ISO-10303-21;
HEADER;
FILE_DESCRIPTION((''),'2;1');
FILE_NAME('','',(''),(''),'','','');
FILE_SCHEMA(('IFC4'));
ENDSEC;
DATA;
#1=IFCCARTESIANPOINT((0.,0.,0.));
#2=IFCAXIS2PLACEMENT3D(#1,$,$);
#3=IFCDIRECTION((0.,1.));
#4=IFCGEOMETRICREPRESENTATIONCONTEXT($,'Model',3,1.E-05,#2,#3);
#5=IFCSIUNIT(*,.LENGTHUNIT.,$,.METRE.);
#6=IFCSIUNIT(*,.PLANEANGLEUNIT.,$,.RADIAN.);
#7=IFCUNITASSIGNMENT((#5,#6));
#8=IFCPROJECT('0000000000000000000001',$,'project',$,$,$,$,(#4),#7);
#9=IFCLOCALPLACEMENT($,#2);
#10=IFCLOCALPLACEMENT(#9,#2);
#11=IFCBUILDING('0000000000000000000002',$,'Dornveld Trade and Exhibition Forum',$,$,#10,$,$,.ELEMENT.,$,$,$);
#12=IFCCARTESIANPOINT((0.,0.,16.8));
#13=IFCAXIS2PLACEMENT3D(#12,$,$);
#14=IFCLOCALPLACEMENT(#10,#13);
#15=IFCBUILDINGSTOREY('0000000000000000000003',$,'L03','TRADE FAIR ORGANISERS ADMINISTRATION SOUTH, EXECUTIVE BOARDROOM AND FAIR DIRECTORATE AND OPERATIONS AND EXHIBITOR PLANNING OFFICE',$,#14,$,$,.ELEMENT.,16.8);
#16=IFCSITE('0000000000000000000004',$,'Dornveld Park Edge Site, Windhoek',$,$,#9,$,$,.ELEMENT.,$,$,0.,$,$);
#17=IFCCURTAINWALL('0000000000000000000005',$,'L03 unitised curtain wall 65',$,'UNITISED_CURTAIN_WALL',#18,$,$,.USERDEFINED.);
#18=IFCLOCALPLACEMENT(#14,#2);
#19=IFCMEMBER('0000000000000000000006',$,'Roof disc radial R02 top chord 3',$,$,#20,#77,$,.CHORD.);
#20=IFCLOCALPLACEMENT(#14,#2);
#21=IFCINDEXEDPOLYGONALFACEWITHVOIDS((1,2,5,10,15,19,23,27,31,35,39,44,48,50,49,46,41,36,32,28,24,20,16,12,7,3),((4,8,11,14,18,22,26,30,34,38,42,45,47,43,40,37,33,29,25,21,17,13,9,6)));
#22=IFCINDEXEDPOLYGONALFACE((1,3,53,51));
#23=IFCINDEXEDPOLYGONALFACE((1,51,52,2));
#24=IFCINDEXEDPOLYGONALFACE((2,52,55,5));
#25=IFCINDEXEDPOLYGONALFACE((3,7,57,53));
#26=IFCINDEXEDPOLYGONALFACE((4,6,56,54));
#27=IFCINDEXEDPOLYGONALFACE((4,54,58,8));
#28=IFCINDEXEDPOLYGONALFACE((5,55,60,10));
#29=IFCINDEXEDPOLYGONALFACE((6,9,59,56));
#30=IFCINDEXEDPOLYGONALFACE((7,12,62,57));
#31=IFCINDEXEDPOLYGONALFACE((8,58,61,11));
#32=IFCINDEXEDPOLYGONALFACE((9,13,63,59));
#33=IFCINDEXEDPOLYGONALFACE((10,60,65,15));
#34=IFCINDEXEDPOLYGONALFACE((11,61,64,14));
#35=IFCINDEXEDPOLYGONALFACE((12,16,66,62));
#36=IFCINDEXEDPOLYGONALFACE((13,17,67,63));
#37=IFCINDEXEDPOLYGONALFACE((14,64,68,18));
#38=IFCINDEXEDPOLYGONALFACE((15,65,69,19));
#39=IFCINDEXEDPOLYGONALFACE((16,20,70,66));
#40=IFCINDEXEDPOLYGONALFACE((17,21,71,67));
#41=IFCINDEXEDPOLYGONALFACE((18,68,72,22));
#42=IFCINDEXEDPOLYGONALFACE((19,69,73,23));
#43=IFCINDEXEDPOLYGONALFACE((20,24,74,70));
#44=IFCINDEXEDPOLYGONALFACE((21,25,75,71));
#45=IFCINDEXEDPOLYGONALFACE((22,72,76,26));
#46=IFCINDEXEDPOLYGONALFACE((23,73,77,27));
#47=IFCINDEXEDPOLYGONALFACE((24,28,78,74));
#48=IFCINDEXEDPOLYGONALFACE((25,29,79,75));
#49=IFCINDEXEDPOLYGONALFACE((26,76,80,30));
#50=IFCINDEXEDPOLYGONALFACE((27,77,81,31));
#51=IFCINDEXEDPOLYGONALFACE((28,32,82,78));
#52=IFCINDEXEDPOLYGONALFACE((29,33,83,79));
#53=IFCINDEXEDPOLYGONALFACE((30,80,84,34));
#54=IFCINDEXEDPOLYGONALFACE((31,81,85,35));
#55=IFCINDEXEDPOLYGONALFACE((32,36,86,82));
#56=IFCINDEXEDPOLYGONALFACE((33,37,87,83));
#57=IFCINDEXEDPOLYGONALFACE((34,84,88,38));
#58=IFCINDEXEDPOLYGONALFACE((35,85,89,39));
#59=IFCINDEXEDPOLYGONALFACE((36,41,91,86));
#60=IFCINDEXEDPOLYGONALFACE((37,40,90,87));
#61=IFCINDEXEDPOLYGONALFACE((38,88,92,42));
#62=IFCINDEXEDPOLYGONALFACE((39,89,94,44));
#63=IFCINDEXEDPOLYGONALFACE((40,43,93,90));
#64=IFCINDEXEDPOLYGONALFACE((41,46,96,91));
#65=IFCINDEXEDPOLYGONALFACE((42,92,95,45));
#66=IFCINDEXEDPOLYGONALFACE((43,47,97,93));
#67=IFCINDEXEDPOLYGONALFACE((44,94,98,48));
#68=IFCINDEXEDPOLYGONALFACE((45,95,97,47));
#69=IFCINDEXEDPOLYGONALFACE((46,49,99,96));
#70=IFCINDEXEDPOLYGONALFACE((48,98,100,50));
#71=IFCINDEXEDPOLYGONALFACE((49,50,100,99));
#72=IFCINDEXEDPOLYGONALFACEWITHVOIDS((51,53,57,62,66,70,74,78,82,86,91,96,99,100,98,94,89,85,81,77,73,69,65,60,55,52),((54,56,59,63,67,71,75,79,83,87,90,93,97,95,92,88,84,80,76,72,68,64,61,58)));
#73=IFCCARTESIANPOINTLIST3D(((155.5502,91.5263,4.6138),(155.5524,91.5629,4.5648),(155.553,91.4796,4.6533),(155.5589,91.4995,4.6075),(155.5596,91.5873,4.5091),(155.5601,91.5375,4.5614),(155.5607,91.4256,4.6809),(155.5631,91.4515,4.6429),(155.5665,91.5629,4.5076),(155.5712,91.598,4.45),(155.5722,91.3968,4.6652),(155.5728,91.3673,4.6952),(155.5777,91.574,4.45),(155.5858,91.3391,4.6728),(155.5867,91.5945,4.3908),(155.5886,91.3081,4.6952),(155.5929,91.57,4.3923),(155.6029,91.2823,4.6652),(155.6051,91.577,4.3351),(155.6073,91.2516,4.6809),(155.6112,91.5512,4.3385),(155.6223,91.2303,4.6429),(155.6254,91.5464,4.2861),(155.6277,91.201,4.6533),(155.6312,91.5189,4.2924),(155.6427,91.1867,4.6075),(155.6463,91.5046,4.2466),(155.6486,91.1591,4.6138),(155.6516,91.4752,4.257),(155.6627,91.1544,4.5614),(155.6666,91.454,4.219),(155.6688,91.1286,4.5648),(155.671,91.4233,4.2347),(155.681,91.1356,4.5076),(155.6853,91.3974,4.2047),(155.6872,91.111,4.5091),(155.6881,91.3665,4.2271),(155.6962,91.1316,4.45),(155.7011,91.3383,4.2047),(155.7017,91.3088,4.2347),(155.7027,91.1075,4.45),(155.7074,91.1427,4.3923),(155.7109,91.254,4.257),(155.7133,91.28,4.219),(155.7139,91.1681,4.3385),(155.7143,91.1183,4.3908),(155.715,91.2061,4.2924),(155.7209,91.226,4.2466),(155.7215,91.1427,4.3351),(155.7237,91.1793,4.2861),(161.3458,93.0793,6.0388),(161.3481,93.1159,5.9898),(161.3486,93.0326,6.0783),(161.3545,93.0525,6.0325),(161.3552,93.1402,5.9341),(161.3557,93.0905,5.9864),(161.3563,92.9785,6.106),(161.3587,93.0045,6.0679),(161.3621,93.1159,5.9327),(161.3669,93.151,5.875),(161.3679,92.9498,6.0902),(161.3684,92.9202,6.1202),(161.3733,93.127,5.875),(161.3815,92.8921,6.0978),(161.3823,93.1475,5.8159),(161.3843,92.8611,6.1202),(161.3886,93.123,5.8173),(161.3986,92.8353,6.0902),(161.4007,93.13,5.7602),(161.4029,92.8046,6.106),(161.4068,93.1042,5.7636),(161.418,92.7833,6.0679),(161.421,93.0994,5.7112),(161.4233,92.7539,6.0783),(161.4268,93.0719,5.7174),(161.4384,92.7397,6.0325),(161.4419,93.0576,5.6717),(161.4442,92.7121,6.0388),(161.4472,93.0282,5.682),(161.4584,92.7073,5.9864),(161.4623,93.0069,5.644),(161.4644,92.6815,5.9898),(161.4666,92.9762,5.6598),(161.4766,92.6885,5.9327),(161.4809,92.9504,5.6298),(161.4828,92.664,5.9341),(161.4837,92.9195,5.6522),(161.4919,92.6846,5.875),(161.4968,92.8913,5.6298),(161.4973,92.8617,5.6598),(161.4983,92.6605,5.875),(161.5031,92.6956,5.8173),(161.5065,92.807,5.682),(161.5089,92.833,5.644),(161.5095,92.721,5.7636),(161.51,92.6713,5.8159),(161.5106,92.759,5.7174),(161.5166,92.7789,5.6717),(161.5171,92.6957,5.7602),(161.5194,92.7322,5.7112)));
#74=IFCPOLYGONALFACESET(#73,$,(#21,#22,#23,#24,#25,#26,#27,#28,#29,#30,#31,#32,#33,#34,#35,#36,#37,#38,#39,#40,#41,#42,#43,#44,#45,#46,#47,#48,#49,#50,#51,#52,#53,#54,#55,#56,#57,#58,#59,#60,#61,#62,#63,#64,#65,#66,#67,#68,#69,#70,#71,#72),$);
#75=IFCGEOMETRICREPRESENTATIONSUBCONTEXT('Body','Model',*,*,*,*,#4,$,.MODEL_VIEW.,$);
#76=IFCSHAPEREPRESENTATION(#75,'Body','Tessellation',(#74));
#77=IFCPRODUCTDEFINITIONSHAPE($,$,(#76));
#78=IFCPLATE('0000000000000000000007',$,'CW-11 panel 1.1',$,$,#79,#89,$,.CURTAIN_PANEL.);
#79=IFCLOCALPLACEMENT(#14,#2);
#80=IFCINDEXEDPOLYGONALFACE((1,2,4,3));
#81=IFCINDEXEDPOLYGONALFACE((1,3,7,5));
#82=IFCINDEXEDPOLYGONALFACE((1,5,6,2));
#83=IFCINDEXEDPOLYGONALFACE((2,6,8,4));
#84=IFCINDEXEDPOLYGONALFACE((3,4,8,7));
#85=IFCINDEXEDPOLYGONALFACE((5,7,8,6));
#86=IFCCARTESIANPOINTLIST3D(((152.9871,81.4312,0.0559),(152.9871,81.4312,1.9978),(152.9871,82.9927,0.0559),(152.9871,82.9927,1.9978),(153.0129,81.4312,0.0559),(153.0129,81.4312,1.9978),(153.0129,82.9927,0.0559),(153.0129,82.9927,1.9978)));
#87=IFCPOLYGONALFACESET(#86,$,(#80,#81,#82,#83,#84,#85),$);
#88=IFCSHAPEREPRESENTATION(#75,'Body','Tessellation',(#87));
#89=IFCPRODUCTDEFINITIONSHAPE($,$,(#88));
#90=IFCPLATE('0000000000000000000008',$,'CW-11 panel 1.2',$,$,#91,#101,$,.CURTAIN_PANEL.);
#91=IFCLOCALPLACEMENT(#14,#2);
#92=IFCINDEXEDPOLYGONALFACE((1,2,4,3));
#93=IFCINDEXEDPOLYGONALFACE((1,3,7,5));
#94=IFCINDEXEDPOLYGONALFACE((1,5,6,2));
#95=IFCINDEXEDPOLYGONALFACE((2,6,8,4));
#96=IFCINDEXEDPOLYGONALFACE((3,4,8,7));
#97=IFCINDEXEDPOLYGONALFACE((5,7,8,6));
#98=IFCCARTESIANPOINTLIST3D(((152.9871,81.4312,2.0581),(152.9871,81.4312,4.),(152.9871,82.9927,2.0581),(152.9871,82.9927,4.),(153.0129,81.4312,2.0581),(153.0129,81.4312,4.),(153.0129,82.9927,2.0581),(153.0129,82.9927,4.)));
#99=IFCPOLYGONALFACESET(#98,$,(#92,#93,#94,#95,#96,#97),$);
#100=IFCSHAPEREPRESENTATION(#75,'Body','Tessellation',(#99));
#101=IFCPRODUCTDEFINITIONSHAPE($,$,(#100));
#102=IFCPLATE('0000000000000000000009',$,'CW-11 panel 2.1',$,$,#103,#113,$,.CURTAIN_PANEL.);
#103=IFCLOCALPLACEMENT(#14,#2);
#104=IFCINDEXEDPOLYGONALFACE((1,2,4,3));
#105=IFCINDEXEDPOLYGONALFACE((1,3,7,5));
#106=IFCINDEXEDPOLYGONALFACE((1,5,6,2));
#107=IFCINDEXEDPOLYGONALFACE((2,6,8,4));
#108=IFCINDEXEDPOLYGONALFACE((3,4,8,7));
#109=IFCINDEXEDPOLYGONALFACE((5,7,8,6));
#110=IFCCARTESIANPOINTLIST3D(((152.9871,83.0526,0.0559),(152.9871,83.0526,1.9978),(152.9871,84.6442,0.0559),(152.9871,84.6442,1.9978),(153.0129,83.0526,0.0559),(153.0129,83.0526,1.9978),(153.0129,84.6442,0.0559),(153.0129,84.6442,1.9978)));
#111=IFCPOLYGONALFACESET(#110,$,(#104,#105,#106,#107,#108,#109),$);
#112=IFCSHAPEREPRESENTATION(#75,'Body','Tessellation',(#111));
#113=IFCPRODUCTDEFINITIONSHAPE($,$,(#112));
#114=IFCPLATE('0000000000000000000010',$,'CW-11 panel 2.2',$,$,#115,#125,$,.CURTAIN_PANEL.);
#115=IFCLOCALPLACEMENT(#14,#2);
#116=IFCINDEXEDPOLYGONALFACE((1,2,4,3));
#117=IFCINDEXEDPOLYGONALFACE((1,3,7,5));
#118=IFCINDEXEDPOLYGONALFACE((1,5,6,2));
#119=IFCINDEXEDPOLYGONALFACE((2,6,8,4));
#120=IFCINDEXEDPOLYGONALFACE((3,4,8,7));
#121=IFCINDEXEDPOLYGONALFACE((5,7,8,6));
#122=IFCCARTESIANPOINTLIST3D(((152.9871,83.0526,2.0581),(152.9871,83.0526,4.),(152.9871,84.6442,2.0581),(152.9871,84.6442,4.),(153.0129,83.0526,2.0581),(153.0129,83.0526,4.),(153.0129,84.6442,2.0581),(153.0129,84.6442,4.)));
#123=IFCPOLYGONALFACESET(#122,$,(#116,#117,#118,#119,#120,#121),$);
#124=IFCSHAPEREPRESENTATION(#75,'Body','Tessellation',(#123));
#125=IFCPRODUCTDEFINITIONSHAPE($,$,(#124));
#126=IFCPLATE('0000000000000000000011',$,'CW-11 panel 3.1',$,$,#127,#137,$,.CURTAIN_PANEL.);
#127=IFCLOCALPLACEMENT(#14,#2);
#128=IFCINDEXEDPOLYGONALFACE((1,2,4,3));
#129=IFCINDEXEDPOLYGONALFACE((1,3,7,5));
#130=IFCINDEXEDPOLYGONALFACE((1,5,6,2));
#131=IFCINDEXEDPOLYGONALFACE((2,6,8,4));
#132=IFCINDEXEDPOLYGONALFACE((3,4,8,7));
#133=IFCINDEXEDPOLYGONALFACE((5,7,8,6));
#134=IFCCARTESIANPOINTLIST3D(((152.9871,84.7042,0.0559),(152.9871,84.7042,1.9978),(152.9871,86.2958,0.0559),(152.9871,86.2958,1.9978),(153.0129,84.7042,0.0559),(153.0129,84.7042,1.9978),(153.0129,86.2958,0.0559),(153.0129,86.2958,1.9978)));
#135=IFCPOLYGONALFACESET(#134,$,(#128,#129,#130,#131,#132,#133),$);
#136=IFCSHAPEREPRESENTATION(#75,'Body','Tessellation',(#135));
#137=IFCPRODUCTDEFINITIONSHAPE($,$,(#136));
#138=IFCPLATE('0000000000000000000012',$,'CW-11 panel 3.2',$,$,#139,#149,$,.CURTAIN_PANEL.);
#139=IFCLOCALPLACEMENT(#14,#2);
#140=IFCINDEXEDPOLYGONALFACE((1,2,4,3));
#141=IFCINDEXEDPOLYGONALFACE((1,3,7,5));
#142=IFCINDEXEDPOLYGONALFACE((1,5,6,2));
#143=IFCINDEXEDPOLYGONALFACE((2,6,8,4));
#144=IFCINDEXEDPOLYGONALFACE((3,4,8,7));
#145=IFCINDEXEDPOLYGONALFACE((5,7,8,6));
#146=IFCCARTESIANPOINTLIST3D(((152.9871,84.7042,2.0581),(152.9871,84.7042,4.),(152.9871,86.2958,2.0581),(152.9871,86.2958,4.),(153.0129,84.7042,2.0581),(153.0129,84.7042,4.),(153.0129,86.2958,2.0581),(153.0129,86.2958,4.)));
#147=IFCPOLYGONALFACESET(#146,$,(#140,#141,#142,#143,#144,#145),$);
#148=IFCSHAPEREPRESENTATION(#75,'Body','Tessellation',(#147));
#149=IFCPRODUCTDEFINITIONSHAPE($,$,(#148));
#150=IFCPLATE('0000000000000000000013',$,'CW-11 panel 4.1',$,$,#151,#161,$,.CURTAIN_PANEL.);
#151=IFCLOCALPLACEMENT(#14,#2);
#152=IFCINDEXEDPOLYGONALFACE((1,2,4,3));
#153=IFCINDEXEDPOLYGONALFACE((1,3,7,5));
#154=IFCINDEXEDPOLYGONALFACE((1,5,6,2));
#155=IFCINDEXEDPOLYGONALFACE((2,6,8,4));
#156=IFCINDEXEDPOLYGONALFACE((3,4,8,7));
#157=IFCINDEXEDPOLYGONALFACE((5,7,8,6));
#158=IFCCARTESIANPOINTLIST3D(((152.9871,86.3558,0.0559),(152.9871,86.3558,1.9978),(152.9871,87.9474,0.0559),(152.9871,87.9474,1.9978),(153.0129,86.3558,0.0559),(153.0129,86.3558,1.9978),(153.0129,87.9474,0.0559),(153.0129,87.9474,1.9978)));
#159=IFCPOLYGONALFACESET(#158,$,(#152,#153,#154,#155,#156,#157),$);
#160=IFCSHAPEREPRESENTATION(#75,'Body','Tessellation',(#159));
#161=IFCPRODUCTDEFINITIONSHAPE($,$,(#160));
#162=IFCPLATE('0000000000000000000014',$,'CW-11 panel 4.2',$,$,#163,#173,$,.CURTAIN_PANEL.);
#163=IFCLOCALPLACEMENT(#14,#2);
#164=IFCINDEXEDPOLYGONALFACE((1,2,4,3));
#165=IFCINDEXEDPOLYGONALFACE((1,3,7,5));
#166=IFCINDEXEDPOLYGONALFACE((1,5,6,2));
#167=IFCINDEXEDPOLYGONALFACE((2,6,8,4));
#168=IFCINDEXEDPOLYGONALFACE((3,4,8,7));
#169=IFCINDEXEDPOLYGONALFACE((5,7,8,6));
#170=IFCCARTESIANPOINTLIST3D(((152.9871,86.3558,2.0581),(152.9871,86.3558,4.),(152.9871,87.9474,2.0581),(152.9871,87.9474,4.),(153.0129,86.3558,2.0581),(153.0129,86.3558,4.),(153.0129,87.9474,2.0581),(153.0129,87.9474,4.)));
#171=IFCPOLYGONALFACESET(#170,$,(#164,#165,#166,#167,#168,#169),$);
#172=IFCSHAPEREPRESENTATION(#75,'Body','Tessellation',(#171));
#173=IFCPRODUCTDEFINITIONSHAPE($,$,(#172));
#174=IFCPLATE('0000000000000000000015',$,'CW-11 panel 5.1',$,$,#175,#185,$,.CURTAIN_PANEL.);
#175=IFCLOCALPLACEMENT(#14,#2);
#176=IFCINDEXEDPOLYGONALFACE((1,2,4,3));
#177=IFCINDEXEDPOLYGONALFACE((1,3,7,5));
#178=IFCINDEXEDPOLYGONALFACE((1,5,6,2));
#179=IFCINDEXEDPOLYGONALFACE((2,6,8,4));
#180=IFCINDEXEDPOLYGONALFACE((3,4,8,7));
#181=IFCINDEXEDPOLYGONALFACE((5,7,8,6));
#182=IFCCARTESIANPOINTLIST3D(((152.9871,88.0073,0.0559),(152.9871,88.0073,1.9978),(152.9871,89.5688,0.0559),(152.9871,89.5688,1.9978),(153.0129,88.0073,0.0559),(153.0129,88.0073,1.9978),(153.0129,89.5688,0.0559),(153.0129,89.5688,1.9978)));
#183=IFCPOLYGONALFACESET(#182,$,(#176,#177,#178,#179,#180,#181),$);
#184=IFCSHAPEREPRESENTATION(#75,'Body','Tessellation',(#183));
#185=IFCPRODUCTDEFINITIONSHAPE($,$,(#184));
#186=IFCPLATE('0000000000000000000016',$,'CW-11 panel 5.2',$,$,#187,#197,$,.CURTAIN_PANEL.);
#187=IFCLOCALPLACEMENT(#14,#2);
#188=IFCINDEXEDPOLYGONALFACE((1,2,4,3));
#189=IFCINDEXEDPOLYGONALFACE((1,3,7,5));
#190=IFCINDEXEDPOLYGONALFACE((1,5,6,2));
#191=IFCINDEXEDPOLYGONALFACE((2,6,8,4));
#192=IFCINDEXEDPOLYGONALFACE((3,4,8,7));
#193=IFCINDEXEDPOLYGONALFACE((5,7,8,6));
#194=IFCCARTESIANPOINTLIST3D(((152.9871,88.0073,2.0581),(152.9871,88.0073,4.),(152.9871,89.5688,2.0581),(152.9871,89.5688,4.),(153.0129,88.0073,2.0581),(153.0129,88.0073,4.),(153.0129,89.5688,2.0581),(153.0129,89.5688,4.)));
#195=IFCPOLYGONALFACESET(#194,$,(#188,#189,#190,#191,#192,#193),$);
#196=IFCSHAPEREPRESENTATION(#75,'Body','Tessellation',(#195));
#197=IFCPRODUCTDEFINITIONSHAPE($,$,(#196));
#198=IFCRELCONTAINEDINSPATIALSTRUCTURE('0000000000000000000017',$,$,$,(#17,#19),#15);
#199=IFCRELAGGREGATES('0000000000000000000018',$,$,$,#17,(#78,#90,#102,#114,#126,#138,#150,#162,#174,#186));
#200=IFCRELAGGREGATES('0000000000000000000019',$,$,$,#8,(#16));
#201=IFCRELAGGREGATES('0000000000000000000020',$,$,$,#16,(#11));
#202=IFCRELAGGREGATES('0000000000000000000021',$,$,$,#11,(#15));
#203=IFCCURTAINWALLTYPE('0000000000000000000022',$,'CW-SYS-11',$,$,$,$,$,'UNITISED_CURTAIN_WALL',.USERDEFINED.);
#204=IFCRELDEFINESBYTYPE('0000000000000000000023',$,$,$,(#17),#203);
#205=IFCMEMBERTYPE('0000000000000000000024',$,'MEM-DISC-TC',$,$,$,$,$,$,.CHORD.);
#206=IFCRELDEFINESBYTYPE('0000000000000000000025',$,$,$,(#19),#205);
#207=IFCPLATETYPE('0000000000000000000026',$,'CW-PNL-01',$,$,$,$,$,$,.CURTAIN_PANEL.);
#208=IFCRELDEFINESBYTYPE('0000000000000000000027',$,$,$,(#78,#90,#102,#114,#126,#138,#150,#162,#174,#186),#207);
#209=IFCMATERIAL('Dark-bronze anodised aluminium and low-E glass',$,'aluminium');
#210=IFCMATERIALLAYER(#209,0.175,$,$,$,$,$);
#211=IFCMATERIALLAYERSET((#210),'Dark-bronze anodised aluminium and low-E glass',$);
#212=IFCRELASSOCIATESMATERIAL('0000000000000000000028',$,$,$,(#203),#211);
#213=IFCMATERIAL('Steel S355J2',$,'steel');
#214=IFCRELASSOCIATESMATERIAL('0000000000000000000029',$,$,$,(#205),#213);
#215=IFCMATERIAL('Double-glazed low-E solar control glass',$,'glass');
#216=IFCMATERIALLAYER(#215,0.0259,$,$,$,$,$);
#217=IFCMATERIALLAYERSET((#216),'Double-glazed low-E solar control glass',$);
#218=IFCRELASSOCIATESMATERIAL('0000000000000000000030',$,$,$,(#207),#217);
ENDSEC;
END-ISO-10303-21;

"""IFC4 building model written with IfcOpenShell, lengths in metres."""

from ifc_helpers import new_model, si_unit, direction, frame, origin, origin_2d, place, context, subcontext, project, spatial, rectangle, hollow_circle, extrude, material, layer, layer_set, material_profile, profile_set, type_object, element, aggregate, save


model = new_model("IFC4")

# Units and contexts
model_context = context("Model", 3, precision=1e-05, world=origin(), true_north=direction((0.0, 1.0)))
body_context = subcontext(model_context, "Body", "Model", "MODEL_VIEW")
ifc_project = project(units=[si_unit("LENGTHUNIT", "METRE"), si_unit("PLANEANGLEUNIT", "RADIAN")], contexts=[model_context])

# Site, building, storey
site_placement = place(None, origin())
site = spatial("IfcSite", under=ifc_project, at=site_placement, Name="Dornveld Park Edge Site, Windhoek", CompositionType="ELEMENT", RefElevation=0.0)
building_placement = place(site_placement, origin())
building = spatial("IfcBuilding", under=site, at=building_placement, Name="Dornveld Trade and Exhibition Forum", CompositionType="ELEMENT")
storey_placement = place(building_placement, frame((0.0, 0.0, 16.8)))
storey = spatial("IfcBuildingStorey", under=building, at=storey_placement, Name="L03", Description="TRADE FAIR ORGANISERS ADMINISTRATION SOUTH, EXECUTIVE BOARDROOM AND FAIR DIRECTORATE AND OPERATIONS AND EXHIBITOR PLANNING OFFICE", CompositionType="ELEMENT", Elevation=16.8)

# Curtain wall
ifc_material_1 = material(Name="Dark-bronze anodised aluminium and low-E glass", Category="aluminium")
ifc_layer_1 = layer(ifc_material_1, 0.175)
ifc_layer_set_1 = layer_set([ifc_layer_1], Name="Dark-bronze anodised aluminium and low-E glass")
curtain_wall_type = type_object("IfcCurtainWallType", Name="CW-SYS-11", ElementType="UNITISED_CURTAIN_WALL", PredefinedType="USERDEFINED", material=ifc_layer_set_1)
curtain_wall_placement = place(storey_placement, origin())
curtain_wall = element("IfcCurtainWall", 1, at=curtain_wall_placement, inside=storey, type_object=curtain_wall_type, Name="L03 unitised curtain wall 65", ObjectType="UNITISED_CURTAIN_WALL", PredefinedType="USERDEFINED")

# Member
ifc_material_2 = material(Name="Steel S355J2", Category="steel")
ifc_material_profile_1 = material_profile(ifc_material_2, hollow_circle(Radius=0.2539, WallThickness=0.0249, at=origin_2d()), Name="CHS 508x25")
ifc_profile_set_1 = profile_set([ifc_material_profile_1], Name="Steel S355J2")
member_type_1 = type_object("IfcMemberType", Name="MEM-DISC-TC", PredefinedType="CHORD", material=ifc_profile_set_1)
member_1_placement = place(storey_placement, frame((155.637, 91.3528, 4.45), z_axis=(0.939782, 0.25182, 0.231076), x_axis=(-0.258825, 0.965924, 0.0)))
element("IfcMember", 2, at=member_1_placement, inside=storey, type_object=member_type_1, Name="Roof disc radial R02 top chord 3", PredefinedType="CHORD", context=body_context, shape_type="SweptSolid", body=[
    extrude(hollow_circle(Radius=0.2539, WallThickness=0.0249, at=origin_2d()), origin(), (0.0, 0.0, 1.0), 6.167),
])

# Plates
ifc_material_3 = material(Name="Double-glazed low-E solar control glass", Category="glass")
ifc_layer_2 = layer(ifc_material_3, 0.0259)
ifc_layer_set_2 = layer_set([ifc_layer_2], Name="Double-glazed low-E solar control glass")
plate_type_1 = type_object("IfcPlateType", Name="CW-PNL-01", PredefinedType="CURTAIN_PANEL", material=ifc_layer_set_2)
plate_1_placement = place(storey_placement, frame((153.0, 82.2119, 0.0559), z_axis=(0.0, 0.0, 1.0), x_axis=(0.0, 1.0, 0.0)))
plate_1 = element("IfcPlate", 3, at=plate_1_placement, type_object=plate_type_1, Name="CW-11 panel 1.1", PredefinedType="CURTAIN_PANEL", context=body_context, shape_type="SweptSolid", body=[
    extrude(rectangle(XDim=1.5615, YDim=0.0259, at=origin_2d()), origin(), (0.0, 0.0, 1.0), 1.9419),
])
plate_2_placement = place(storey_placement, frame((153.0, 82.2119, 2.0581), z_axis=(0.0, 0.0, 1.0), x_axis=(0.0, 1.0, 0.0)))
plate_2 = element("IfcPlate", 4, at=plate_2_placement, type_object=plate_type_1, Name="CW-11 panel 1.2", PredefinedType="CURTAIN_PANEL", context=body_context, shape_type="SweptSolid", body=[
    extrude(rectangle(XDim=1.5615, YDim=0.0259, at=origin_2d()), origin(), (0.0, 0.0, 1.0), 1.9419),
])
plate_3_placement = place(storey_placement, frame((153.0, 83.8484, 0.0559), z_axis=(0.0, 0.0, 1.0), x_axis=(0.0, 1.0, 0.0)))
plate_3 = element("IfcPlate", 5, at=plate_3_placement, type_object=plate_type_1, Name="CW-11 panel 2.1", PredefinedType="CURTAIN_PANEL", context=body_context, shape_type="SweptSolid", body=[
    extrude(rectangle(XDim=1.5916, YDim=0.0259, at=origin_2d()), origin(), (0.0, 0.0, 1.0), 1.9419),
])
plate_4_placement = place(storey_placement, frame((153.0, 83.8484, 2.0581), z_axis=(0.0, 0.0, 1.0), x_axis=(0.0, 1.0, 0.0)))
plate_4 = element("IfcPlate", 6, at=plate_4_placement, type_object=plate_type_1, Name="CW-11 panel 2.2", PredefinedType="CURTAIN_PANEL", context=body_context, shape_type="SweptSolid", body=[
    extrude(rectangle(XDim=1.5916, YDim=0.0259, at=origin_2d()), origin(), (0.0, 0.0, 1.0), 1.9419),
])
plate_5_placement = place(storey_placement, frame((153.0, 85.5, 0.0559), z_axis=(0.0, 0.0, 1.0), x_axis=(0.0, 1.0, 0.0)))
plate_5 = element("IfcPlate", 7, at=plate_5_placement, type_object=plate_type_1, Name="CW-11 panel 3.1", PredefinedType="CURTAIN_PANEL", context=body_context, shape_type="SweptSolid", body=[
    extrude(rectangle(XDim=1.5916, YDim=0.0259, at=origin_2d()), origin(), (0.0, 0.0, 1.0), 1.9419),
])
plate_6_placement = place(storey_placement, frame((153.0, 85.5, 2.0581), z_axis=(0.0, 0.0, 1.0), x_axis=(0.0, 1.0, 0.0)))
plate_6 = element("IfcPlate", 8, at=plate_6_placement, type_object=plate_type_1, Name="CW-11 panel 3.2", PredefinedType="CURTAIN_PANEL", context=body_context, shape_type="SweptSolid", body=[
    extrude(rectangle(XDim=1.5916, YDim=0.0259, at=origin_2d()), origin(), (0.0, 0.0, 1.0), 1.9419),
])
plate_7_placement = place(storey_placement, frame((153.0, 87.1516, 0.0559), z_axis=(0.0, 0.0, 1.0), x_axis=(0.0, 1.0, 0.0)))
plate_7 = element("IfcPlate", 9, at=plate_7_placement, type_object=plate_type_1, Name="CW-11 panel 4.1", PredefinedType="CURTAIN_PANEL", context=body_context, shape_type="SweptSolid", body=[
    extrude(rectangle(XDim=1.5916, YDim=0.0259, at=origin_2d()), origin(), (0.0, 0.0, 1.0), 1.9419),
])
plate_8_placement = place(storey_placement, frame((153.0, 87.1516, 2.0581), z_axis=(0.0, 0.0, 1.0), x_axis=(0.0, 1.0, 0.0)))
plate_8 = element("IfcPlate", 10, at=plate_8_placement, type_object=plate_type_1, Name="CW-11 panel 4.2", PredefinedType="CURTAIN_PANEL", context=body_context, shape_type="SweptSolid", body=[
    extrude(rectangle(XDim=1.5916, YDim=0.0259, at=origin_2d()), origin(), (0.0, 0.0, 1.0), 1.9419),
])
plate_9_placement = place(storey_placement, frame((153.0, 88.7881, 0.0559), z_axis=(0.0, 0.0, 1.0), x_axis=(0.0, 1.0, 0.0)))
plate_9 = element("IfcPlate", 11, at=plate_9_placement, type_object=plate_type_1, Name="CW-11 panel 5.1", PredefinedType="CURTAIN_PANEL", context=body_context, shape_type="SweptSolid", body=[
    extrude(rectangle(XDim=1.5615, YDim=0.0259, at=origin_2d()), origin(), (0.0, 0.0, 1.0), 1.9419),
])
plate_10_placement = place(storey_placement, frame((153.0, 88.7881, 2.0581), z_axis=(0.0, 0.0, 1.0), x_axis=(0.0, 1.0, 0.0)))
plate_10 = element("IfcPlate", 12, at=plate_10_placement, type_object=plate_type_1, Name="CW-11 panel 5.2", PredefinedType="CURTAIN_PANEL", context=body_context, shape_type="SweptSolid", body=[
    extrude(rectangle(XDim=1.5615, YDim=0.0259, at=origin_2d()), origin(), (0.0, 0.0, 1.0), 1.9419),
])
aggregate(curtain_wall, [plate_1, plate_2, plate_3, plate_4, plate_5, plate_6, plate_7, plate_8, plate_9, plate_10])

save(model, "model.ifc")
